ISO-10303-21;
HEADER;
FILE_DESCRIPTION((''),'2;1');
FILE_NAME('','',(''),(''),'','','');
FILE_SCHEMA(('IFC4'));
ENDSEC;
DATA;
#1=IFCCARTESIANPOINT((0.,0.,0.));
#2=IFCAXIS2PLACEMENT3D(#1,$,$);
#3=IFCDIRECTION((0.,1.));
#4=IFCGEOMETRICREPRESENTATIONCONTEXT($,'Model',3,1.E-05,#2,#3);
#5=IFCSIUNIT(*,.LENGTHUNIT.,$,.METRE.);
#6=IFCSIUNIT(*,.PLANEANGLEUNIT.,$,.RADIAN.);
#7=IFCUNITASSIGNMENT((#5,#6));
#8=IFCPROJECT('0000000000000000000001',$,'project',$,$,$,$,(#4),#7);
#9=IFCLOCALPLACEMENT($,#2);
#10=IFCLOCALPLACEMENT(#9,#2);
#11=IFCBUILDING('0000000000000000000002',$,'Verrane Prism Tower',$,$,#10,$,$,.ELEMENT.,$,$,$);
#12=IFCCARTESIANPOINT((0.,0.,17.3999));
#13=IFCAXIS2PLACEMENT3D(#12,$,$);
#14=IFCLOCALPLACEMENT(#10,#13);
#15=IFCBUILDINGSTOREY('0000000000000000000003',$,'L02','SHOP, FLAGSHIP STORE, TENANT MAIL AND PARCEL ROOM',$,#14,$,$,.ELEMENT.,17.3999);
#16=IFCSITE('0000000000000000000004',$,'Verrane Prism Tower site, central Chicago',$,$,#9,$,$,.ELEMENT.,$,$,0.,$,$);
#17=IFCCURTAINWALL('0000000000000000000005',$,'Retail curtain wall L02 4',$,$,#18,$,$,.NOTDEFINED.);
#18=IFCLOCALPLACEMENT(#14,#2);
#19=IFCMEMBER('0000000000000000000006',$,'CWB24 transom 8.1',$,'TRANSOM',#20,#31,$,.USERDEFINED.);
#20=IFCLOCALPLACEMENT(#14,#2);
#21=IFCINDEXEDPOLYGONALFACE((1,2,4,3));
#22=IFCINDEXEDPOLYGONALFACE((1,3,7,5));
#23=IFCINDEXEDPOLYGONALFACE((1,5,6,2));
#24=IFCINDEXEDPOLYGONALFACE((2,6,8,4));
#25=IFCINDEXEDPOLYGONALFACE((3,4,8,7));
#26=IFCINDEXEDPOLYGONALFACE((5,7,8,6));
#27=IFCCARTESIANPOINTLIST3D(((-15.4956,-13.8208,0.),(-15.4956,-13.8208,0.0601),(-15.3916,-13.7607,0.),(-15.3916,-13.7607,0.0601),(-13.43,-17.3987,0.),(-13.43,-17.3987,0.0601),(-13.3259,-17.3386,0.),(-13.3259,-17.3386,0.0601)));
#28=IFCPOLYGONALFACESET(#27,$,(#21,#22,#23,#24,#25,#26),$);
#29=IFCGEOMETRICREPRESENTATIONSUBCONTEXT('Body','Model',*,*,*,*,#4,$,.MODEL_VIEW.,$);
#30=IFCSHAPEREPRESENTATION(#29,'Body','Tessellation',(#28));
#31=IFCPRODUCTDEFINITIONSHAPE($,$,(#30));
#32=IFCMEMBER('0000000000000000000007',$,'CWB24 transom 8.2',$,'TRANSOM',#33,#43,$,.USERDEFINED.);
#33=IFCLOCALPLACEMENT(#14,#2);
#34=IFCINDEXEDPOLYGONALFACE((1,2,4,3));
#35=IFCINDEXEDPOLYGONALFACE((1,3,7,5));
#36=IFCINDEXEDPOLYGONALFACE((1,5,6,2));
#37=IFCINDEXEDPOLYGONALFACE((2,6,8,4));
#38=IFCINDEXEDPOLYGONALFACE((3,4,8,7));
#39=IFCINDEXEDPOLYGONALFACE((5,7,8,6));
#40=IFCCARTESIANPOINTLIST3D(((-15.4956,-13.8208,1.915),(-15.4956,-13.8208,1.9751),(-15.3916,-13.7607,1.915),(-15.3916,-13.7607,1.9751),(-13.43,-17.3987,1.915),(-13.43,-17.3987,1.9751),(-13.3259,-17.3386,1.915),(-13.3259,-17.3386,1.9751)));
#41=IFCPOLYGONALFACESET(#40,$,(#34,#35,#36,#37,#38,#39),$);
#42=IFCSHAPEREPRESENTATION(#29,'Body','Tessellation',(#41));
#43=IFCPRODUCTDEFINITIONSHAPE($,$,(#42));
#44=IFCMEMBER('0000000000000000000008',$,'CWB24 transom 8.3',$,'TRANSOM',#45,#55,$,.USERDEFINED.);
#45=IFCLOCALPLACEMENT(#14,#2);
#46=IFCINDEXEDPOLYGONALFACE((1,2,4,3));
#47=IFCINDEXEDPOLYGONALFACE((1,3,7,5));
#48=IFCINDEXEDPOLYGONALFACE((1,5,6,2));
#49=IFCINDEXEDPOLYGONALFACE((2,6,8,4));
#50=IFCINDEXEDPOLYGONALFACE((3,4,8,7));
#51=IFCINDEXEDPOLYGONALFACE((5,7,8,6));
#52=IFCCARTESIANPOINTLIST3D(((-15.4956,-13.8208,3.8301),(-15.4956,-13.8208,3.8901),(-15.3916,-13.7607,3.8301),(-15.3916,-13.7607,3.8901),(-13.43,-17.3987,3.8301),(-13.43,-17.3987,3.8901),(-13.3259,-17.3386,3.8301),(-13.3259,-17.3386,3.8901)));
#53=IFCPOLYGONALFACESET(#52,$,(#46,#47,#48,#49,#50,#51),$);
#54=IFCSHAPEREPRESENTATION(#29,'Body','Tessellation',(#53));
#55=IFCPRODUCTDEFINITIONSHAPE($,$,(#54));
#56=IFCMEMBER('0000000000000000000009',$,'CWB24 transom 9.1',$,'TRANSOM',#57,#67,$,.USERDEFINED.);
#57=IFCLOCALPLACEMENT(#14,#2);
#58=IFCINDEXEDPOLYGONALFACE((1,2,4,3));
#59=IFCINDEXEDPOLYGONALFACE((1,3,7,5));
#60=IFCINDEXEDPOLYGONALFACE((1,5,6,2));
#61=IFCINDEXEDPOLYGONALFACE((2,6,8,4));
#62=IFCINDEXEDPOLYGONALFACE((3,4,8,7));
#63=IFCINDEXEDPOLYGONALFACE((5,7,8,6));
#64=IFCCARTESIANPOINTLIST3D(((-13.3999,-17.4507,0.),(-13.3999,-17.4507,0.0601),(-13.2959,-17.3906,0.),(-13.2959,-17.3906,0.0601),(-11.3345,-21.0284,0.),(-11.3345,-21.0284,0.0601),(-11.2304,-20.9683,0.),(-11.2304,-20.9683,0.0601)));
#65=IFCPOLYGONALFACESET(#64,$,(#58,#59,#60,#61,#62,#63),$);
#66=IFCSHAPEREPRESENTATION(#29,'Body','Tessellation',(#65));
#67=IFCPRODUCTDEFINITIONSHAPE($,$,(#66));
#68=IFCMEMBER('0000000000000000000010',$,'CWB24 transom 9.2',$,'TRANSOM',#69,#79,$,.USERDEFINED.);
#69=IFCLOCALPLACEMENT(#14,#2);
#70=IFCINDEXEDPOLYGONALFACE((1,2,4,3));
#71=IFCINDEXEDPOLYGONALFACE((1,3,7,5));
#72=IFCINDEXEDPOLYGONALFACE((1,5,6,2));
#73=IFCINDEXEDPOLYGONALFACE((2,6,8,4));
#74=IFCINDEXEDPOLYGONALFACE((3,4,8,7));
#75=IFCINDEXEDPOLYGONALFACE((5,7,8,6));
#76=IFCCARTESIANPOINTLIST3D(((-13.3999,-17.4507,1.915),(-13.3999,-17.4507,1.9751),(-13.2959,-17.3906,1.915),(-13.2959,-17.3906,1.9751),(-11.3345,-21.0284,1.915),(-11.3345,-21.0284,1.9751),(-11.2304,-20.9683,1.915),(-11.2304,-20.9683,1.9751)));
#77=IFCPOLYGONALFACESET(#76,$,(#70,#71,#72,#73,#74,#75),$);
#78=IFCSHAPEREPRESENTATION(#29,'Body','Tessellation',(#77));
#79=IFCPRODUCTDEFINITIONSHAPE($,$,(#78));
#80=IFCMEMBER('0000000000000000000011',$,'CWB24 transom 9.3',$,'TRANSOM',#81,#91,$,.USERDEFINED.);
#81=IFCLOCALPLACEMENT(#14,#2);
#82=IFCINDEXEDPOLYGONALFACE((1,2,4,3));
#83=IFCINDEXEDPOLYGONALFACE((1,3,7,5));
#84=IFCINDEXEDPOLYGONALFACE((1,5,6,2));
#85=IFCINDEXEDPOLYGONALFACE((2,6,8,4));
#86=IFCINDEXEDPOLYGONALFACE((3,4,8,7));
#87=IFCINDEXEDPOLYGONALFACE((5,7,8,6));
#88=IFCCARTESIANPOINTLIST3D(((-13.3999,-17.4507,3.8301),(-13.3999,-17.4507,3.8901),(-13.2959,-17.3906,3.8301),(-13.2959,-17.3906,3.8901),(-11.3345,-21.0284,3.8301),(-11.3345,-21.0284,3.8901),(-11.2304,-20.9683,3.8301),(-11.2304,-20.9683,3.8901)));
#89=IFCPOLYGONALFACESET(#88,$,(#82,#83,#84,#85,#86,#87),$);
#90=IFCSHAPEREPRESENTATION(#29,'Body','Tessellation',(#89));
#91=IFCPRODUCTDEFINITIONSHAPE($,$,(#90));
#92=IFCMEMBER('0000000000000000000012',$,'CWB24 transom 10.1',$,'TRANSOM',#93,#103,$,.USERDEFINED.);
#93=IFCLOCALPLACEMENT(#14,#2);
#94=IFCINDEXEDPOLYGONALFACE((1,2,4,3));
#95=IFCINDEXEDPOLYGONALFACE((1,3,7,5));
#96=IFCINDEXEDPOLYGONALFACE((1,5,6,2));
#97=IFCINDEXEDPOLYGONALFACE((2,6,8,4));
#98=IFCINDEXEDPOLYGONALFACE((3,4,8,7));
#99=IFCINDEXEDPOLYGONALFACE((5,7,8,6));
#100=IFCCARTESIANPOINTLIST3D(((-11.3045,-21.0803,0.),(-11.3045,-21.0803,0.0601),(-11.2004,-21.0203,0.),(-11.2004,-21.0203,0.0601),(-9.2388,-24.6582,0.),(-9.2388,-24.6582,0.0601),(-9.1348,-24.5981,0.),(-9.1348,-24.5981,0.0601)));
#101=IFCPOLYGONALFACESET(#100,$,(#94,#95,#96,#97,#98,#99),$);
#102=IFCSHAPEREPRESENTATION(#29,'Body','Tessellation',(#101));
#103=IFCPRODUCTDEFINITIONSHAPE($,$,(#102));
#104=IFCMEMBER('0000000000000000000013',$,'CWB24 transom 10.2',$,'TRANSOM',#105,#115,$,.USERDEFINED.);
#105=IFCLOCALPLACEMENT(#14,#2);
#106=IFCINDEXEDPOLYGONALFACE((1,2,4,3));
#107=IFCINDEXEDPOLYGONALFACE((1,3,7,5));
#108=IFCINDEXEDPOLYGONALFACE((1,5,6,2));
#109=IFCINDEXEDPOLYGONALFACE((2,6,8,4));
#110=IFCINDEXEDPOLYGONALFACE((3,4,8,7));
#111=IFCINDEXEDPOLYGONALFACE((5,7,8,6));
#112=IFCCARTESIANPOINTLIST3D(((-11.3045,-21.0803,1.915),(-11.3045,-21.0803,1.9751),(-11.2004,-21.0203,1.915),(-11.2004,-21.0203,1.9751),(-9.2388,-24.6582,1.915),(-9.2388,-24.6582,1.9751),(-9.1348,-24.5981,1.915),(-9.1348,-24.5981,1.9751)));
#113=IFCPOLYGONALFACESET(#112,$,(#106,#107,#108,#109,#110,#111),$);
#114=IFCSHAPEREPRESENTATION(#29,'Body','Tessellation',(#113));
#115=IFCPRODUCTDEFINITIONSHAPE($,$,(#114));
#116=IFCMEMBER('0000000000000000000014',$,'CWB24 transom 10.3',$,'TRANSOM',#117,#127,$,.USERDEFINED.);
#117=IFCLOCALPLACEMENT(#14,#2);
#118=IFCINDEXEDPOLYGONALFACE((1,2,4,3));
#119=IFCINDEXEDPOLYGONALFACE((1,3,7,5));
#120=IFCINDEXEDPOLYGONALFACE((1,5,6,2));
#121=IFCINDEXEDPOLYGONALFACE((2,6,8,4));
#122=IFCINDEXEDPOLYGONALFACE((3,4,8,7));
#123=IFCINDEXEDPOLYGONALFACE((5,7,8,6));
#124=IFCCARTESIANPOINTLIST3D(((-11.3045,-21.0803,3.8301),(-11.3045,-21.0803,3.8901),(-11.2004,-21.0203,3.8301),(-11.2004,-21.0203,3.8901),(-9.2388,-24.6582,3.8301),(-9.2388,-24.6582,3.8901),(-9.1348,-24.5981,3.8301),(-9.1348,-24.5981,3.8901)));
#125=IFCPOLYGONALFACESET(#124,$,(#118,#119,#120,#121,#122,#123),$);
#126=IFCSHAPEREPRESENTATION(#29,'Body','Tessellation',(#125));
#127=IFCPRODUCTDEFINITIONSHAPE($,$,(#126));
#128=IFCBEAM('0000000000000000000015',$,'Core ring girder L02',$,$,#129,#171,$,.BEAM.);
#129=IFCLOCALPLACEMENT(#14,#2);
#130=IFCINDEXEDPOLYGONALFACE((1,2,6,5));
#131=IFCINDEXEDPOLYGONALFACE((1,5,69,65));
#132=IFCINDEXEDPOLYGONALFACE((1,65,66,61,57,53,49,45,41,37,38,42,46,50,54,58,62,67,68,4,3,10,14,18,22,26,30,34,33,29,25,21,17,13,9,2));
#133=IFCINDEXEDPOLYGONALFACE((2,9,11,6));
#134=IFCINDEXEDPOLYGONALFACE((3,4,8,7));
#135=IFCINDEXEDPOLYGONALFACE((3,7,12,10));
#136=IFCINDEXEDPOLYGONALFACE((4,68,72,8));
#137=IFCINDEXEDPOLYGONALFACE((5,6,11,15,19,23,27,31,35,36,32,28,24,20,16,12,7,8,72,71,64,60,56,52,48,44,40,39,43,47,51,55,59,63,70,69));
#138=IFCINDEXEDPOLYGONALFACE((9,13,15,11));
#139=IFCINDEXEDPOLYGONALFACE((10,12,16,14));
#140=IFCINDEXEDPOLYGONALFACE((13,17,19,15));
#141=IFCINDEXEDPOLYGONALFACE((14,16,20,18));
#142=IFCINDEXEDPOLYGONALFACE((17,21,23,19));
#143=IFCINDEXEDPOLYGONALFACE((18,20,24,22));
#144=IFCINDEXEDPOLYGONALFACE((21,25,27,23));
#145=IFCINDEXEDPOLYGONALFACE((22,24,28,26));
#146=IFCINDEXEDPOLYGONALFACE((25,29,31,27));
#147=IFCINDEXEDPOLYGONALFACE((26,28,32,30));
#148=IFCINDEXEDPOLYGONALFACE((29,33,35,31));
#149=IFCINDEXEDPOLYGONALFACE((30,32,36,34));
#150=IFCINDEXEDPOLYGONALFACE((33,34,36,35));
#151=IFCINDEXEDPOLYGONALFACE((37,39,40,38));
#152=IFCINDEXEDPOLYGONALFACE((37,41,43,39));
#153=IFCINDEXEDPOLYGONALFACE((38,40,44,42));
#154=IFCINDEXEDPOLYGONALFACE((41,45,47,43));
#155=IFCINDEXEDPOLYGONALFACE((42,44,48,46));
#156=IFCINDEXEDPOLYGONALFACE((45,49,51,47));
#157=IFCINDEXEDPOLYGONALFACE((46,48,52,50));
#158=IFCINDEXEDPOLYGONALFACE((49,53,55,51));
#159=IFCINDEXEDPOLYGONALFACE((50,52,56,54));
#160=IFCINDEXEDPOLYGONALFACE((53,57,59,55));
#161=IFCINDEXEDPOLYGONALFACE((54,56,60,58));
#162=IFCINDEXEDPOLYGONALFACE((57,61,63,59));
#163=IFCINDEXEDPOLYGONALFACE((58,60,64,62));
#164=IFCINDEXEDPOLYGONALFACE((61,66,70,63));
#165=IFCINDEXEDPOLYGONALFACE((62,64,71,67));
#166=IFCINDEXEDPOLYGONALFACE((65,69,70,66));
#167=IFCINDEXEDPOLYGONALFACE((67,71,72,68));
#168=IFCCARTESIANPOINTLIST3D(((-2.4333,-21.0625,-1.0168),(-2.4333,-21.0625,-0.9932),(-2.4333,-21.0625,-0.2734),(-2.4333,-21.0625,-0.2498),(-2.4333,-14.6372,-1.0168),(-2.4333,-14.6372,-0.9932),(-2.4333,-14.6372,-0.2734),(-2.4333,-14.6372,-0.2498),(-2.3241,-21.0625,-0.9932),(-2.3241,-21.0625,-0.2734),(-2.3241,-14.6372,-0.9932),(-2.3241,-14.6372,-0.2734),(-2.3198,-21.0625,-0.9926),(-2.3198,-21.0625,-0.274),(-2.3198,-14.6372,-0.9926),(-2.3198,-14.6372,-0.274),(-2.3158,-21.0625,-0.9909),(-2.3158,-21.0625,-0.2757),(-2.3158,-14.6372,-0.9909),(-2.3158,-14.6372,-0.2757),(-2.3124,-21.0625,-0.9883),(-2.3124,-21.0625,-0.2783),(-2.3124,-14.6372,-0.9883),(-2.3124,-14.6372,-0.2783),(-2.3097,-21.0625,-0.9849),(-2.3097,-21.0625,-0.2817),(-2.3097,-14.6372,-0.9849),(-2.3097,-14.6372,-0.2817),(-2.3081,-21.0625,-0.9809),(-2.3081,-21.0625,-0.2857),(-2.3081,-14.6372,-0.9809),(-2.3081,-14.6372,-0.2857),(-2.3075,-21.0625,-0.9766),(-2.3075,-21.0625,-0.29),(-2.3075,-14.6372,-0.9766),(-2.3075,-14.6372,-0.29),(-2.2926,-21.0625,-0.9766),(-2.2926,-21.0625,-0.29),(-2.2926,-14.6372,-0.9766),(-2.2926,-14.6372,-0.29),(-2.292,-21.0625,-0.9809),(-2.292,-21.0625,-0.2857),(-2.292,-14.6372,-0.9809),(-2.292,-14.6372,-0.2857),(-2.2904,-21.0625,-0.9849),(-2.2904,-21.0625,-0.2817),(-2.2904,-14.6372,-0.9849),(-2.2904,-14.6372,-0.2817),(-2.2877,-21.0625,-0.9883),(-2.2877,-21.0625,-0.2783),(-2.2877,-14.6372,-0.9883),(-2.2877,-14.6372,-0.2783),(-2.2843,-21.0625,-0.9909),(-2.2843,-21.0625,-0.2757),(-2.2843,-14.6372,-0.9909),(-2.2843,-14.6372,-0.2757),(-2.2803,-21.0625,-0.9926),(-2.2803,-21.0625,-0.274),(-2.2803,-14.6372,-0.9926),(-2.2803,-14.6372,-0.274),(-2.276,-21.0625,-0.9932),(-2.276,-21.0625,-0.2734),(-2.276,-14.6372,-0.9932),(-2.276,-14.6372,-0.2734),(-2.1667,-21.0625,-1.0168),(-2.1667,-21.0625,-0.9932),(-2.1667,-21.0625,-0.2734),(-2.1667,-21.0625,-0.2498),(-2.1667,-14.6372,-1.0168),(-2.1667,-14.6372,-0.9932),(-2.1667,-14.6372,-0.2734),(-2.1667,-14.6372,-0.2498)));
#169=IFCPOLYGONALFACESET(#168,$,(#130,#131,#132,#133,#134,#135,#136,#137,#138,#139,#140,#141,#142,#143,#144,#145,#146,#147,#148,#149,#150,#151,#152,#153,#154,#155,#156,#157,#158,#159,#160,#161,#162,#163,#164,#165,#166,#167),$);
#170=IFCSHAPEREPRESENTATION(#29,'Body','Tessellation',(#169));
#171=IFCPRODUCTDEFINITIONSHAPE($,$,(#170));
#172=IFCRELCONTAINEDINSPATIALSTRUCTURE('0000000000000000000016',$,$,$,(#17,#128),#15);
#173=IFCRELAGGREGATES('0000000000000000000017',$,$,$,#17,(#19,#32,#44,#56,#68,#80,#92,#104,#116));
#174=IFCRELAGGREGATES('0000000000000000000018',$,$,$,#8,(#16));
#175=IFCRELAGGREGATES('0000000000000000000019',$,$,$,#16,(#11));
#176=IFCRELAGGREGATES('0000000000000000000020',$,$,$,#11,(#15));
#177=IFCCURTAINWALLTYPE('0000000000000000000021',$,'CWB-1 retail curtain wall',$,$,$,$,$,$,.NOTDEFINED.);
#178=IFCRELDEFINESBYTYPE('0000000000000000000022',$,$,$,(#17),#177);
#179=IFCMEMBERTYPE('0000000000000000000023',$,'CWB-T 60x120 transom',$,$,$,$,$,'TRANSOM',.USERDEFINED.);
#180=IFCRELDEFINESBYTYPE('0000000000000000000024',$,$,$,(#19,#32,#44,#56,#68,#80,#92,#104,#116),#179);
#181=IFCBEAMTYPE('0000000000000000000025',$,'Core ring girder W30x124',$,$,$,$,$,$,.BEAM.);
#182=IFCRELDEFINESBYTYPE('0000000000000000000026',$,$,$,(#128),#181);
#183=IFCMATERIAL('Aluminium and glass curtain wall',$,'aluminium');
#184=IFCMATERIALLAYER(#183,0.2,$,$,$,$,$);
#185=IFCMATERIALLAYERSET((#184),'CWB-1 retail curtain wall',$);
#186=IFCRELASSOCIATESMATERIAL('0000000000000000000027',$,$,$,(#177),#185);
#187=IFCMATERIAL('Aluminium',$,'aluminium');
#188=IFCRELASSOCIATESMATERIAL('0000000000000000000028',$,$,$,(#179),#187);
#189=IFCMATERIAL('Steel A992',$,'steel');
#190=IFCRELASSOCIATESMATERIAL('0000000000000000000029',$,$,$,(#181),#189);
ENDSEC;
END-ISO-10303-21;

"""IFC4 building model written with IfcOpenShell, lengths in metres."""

from ifc_helpers import new_model, si_unit, direction, frame, origin, origin_2d, place, context, subcontext, project, spatial, rectangle, i_section, extrude, material, layer, layer_set, material_profile, profile_set, type_object, element, aggregate, save


model = new_model("IFC4")

# Units and contexts
model_context = context("Model", 3, precision=1e-05, world=origin(), true_north=direction((0.0, 1.0)))
body_context = subcontext(model_context, "Body", "Model", "MODEL_VIEW")
ifc_project = project(units=[si_unit("LENGTHUNIT", "METRE"), si_unit("PLANEANGLEUNIT", "RADIAN")], contexts=[model_context])

# Site, building, storey
site_placement = place(None, origin())
site = spatial("IfcSite", under=ifc_project, at=site_placement, Name="Verrane Prism Tower site, central Chicago", CompositionType="ELEMENT", RefElevation=0.0)
building_placement = place(site_placement, origin())
building = spatial("IfcBuilding", under=site, at=building_placement, Name="Verrane Prism Tower", CompositionType="ELEMENT")
storey_placement = place(building_placement, frame((0.0, 0.0, 17.3999)))
storey = spatial("IfcBuildingStorey", under=building, at=storey_placement, Name="L02", Description="SHOP, FLAGSHIP STORE, TENANT MAIL AND PARCEL ROOM", CompositionType="ELEMENT", Elevation=17.3999)

# Curtain wall, members
ifc_material_1 = material(Name="Aluminium and glass curtain wall", Category="aluminium")
ifc_layer_1 = layer(ifc_material_1, 0.2)
ifc_layer_set_1 = layer_set([ifc_layer_1], Name="CWB-1 retail curtain wall")
curtain_wall_type = type_object("IfcCurtainWallType", Name="CWB-1 retail curtain wall", PredefinedType="NOTDEFINED", material=ifc_layer_set_1)
curtain_wall_placement = place(storey_placement, origin())
curtain_wall = element("IfcCurtainWall", 1, at=curtain_wall_placement, inside=storey, type_object=curtain_wall_type, Name="Retail curtain wall L02 4", PredefinedType="NOTDEFINED")
ifc_material_2 = material(Name="Aluminium", Category="aluminium")
ifc_material_profile_1 = material_profile(ifc_material_2, rectangle(XDim=0.1201, YDim=0.0601, at=origin_2d()), Name="CWB-T 60x120 transom")
ifc_profile_set_1 = profile_set([ifc_material_profile_1], Name="Aluminium")
member_type_1 = type_object("IfcMemberType", Name="CWB-T 60x120 transom", ElementType="TRANSOM", PredefinedType="USERDEFINED", material=ifc_profile_set_1)
member_1_placement = place(storey_placement, frame((-15.4436, -13.7908, 0.03), z_axis=(0.499997, -0.866027, 0.0), x_axis=(0.866027, 0.499997, 0.0)))
member_1 = element("IfcMember", 2, at=member_1_placement, type_object=member_type_1, Name="CWB24 transom 8.1", ObjectType="TRANSOM", PredefinedType="USERDEFINED", context=body_context, shape_type="SweptSolid", body=[
    extrude(rectangle(XDim=0.1201, YDim=0.0601, at=origin_2d()), origin(), (0.0, 0.0, 1.0), 4.1313),
])
member_2_placement = place(storey_placement, frame((-15.4436, -13.7908, 1.9451), z_axis=(0.499997, -0.866027, 0.0), x_axis=(0.866027, 0.499997, 0.0)))
member_2 = element("IfcMember", 3, at=member_2_placement, type_object=member_type_1, Name="CWB24 transom 8.2", ObjectType="TRANSOM", PredefinedType="USERDEFINED", context=body_context, shape_type="SweptSolid", body=[
    extrude(rectangle(XDim=0.1201, YDim=0.0601, at=origin_2d()), origin(), (0.0, 0.0, 1.0), 4.1313),
])
member_3_placement = place(storey_placement, frame((-15.4436, -13.7908, 3.8601), z_axis=(0.499997, -0.866027, 0.0), x_axis=(0.866027, 0.499997, 0.0)))
member_3 = element("IfcMember", 4, at=member_3_placement, type_object=member_type_1, Name="CWB24 transom 8.3", ObjectType="TRANSOM", PredefinedType="USERDEFINED", context=body_context, shape_type="SweptSolid", body=[
    extrude(rectangle(XDim=0.1201, YDim=0.0601, at=origin_2d()), origin(), (0.0, 0.0, 1.0), 4.1313),
])
member_4_placement = place(storey_placement, frame((-13.3479, -17.4207, 0.03), z_axis=(0.499978, -0.866038, 0.0), x_axis=(0.866038, 0.499978, 0.0)))
member_4 = element("IfcMember", 5, at=member_4_placement, type_object=member_type_1, Name="CWB24 transom 9.1", ObjectType="TRANSOM", PredefinedType="USERDEFINED", context=body_context, shape_type="SweptSolid", body=[
    extrude(rectangle(XDim=0.1201, YDim=0.0601, at=origin_2d()), origin(), (0.0, 0.0, 1.0), 4.1311),
])
member_5_placement = place(storey_placement, frame((-13.3479, -17.4207, 1.9451), z_axis=(0.499978, -0.866038, 0.0), x_axis=(0.866038, 0.499978, 0.0)))
member_5 = element("IfcMember", 6, at=member_5_placement, type_object=member_type_1, Name="CWB24 transom 9.2", ObjectType="TRANSOM", PredefinedType="USERDEFINED", context=body_context, shape_type="SweptSolid", body=[
    extrude(rectangle(XDim=0.1201, YDim=0.0601, at=origin_2d()), origin(), (0.0, 0.0, 1.0), 4.1311),
])
member_6_placement = place(storey_placement, frame((-13.3479, -17.4207, 3.8601), z_axis=(0.499978, -0.866038, 0.0), x_axis=(0.866038, 0.499978, 0.0)))
member_6 = element("IfcMember", 7, at=member_6_placement, type_object=member_type_1, Name="CWB24 transom 9.3", ObjectType="TRANSOM", PredefinedType="USERDEFINED", context=body_context, shape_type="SweptSolid", body=[
    extrude(rectangle(XDim=0.1201, YDim=0.0601, at=origin_2d()), origin(), (0.0, 0.0, 1.0), 4.1311),
])
member_7_placement = place(storey_placement, frame((-11.2524, -21.0503, 0.03), z_axis=(0.499997, -0.866027, 0.0), x_axis=(0.866027, 0.499997, 0.0)))
member_7 = element("IfcMember", 8, at=member_7_placement, type_object=member_type_1, Name="CWB24 transom 10.1", ObjectType="TRANSOM", PredefinedType="USERDEFINED", context=body_context, shape_type="SweptSolid", body=[
    extrude(rectangle(XDim=0.1201, YDim=0.0601, at=origin_2d()), origin(), (0.0, 0.0, 1.0), 4.1313),
])
member_8_placement = place(storey_placement, frame((-11.2524, -21.0503, 1.9451), z_axis=(0.499997, -0.866027, 0.0), x_axis=(0.866027, 0.499997, 0.0)))
member_8 = element("IfcMember", 9, at=member_8_placement, type_object=member_type_1, Name="CWB24 transom 10.2", ObjectType="TRANSOM", PredefinedType="USERDEFINED", context=body_context, shape_type="SweptSolid", body=[
    extrude(rectangle(XDim=0.1201, YDim=0.0601, at=origin_2d()), origin(), (0.0, 0.0, 1.0), 4.1313),
])
member_9_placement = place(storey_placement, frame((-11.2524, -21.0503, 3.8601), z_axis=(0.499997, -0.866027, 0.0), x_axis=(0.866027, 0.499997, 0.0)))
member_9 = element("IfcMember", 10, at=member_9_placement, type_object=member_type_1, Name="CWB24 transom 10.3", ObjectType="TRANSOM", PredefinedType="USERDEFINED", context=body_context, shape_type="SweptSolid", body=[
    extrude(rectangle(XDim=0.1201, YDim=0.0601, at=origin_2d()), origin(), (0.0, 0.0, 1.0), 4.1313),
])

# Beam
ifc_material_3 = material(Name="Steel A992", Category="steel")
ifc_material_profile_2 = material_profile(ifc_material_3, i_section(OverallWidth=0.2666, OverallDepth=0.7671, WebThickness=0.0149, FlangeThickness=0.0237, FilletRadius=0.0166, at=origin_2d()), Name="W30x124")
ifc_profile_set_2 = profile_set([ifc_material_profile_2], Name="Steel A992")
beam_type_1 = type_object("IfcBeamType", Name="Core ring girder W30x124", PredefinedType="BEAM", material=ifc_profile_set_2)
beam_1_placement = place(storey_placement, frame((-2.3, -14.6372, -0.6333), z_axis=(0.0, -1.0, 0.0), x_axis=(1.0, 0.0, 0.0)))
element("IfcBeam", 11, at=beam_1_placement, inside=storey, type_object=beam_type_1, Name="Core ring girder L02", PredefinedType="BEAM", context=body_context, shape_type="SweptSolid", body=[
    extrude(i_section(OverallWidth=0.2666, OverallDepth=0.7671, WebThickness=0.0149, FlangeThickness=0.0237, FilletRadius=0.0166, at=origin_2d()), origin(), (0.0, 0.0, 1.0), 6.4253),
])

aggregate(curtain_wall, [member_1, member_2, member_3, member_4, member_5, member_6, member_7, member_8, member_9])

save(model, "model.ifc")
